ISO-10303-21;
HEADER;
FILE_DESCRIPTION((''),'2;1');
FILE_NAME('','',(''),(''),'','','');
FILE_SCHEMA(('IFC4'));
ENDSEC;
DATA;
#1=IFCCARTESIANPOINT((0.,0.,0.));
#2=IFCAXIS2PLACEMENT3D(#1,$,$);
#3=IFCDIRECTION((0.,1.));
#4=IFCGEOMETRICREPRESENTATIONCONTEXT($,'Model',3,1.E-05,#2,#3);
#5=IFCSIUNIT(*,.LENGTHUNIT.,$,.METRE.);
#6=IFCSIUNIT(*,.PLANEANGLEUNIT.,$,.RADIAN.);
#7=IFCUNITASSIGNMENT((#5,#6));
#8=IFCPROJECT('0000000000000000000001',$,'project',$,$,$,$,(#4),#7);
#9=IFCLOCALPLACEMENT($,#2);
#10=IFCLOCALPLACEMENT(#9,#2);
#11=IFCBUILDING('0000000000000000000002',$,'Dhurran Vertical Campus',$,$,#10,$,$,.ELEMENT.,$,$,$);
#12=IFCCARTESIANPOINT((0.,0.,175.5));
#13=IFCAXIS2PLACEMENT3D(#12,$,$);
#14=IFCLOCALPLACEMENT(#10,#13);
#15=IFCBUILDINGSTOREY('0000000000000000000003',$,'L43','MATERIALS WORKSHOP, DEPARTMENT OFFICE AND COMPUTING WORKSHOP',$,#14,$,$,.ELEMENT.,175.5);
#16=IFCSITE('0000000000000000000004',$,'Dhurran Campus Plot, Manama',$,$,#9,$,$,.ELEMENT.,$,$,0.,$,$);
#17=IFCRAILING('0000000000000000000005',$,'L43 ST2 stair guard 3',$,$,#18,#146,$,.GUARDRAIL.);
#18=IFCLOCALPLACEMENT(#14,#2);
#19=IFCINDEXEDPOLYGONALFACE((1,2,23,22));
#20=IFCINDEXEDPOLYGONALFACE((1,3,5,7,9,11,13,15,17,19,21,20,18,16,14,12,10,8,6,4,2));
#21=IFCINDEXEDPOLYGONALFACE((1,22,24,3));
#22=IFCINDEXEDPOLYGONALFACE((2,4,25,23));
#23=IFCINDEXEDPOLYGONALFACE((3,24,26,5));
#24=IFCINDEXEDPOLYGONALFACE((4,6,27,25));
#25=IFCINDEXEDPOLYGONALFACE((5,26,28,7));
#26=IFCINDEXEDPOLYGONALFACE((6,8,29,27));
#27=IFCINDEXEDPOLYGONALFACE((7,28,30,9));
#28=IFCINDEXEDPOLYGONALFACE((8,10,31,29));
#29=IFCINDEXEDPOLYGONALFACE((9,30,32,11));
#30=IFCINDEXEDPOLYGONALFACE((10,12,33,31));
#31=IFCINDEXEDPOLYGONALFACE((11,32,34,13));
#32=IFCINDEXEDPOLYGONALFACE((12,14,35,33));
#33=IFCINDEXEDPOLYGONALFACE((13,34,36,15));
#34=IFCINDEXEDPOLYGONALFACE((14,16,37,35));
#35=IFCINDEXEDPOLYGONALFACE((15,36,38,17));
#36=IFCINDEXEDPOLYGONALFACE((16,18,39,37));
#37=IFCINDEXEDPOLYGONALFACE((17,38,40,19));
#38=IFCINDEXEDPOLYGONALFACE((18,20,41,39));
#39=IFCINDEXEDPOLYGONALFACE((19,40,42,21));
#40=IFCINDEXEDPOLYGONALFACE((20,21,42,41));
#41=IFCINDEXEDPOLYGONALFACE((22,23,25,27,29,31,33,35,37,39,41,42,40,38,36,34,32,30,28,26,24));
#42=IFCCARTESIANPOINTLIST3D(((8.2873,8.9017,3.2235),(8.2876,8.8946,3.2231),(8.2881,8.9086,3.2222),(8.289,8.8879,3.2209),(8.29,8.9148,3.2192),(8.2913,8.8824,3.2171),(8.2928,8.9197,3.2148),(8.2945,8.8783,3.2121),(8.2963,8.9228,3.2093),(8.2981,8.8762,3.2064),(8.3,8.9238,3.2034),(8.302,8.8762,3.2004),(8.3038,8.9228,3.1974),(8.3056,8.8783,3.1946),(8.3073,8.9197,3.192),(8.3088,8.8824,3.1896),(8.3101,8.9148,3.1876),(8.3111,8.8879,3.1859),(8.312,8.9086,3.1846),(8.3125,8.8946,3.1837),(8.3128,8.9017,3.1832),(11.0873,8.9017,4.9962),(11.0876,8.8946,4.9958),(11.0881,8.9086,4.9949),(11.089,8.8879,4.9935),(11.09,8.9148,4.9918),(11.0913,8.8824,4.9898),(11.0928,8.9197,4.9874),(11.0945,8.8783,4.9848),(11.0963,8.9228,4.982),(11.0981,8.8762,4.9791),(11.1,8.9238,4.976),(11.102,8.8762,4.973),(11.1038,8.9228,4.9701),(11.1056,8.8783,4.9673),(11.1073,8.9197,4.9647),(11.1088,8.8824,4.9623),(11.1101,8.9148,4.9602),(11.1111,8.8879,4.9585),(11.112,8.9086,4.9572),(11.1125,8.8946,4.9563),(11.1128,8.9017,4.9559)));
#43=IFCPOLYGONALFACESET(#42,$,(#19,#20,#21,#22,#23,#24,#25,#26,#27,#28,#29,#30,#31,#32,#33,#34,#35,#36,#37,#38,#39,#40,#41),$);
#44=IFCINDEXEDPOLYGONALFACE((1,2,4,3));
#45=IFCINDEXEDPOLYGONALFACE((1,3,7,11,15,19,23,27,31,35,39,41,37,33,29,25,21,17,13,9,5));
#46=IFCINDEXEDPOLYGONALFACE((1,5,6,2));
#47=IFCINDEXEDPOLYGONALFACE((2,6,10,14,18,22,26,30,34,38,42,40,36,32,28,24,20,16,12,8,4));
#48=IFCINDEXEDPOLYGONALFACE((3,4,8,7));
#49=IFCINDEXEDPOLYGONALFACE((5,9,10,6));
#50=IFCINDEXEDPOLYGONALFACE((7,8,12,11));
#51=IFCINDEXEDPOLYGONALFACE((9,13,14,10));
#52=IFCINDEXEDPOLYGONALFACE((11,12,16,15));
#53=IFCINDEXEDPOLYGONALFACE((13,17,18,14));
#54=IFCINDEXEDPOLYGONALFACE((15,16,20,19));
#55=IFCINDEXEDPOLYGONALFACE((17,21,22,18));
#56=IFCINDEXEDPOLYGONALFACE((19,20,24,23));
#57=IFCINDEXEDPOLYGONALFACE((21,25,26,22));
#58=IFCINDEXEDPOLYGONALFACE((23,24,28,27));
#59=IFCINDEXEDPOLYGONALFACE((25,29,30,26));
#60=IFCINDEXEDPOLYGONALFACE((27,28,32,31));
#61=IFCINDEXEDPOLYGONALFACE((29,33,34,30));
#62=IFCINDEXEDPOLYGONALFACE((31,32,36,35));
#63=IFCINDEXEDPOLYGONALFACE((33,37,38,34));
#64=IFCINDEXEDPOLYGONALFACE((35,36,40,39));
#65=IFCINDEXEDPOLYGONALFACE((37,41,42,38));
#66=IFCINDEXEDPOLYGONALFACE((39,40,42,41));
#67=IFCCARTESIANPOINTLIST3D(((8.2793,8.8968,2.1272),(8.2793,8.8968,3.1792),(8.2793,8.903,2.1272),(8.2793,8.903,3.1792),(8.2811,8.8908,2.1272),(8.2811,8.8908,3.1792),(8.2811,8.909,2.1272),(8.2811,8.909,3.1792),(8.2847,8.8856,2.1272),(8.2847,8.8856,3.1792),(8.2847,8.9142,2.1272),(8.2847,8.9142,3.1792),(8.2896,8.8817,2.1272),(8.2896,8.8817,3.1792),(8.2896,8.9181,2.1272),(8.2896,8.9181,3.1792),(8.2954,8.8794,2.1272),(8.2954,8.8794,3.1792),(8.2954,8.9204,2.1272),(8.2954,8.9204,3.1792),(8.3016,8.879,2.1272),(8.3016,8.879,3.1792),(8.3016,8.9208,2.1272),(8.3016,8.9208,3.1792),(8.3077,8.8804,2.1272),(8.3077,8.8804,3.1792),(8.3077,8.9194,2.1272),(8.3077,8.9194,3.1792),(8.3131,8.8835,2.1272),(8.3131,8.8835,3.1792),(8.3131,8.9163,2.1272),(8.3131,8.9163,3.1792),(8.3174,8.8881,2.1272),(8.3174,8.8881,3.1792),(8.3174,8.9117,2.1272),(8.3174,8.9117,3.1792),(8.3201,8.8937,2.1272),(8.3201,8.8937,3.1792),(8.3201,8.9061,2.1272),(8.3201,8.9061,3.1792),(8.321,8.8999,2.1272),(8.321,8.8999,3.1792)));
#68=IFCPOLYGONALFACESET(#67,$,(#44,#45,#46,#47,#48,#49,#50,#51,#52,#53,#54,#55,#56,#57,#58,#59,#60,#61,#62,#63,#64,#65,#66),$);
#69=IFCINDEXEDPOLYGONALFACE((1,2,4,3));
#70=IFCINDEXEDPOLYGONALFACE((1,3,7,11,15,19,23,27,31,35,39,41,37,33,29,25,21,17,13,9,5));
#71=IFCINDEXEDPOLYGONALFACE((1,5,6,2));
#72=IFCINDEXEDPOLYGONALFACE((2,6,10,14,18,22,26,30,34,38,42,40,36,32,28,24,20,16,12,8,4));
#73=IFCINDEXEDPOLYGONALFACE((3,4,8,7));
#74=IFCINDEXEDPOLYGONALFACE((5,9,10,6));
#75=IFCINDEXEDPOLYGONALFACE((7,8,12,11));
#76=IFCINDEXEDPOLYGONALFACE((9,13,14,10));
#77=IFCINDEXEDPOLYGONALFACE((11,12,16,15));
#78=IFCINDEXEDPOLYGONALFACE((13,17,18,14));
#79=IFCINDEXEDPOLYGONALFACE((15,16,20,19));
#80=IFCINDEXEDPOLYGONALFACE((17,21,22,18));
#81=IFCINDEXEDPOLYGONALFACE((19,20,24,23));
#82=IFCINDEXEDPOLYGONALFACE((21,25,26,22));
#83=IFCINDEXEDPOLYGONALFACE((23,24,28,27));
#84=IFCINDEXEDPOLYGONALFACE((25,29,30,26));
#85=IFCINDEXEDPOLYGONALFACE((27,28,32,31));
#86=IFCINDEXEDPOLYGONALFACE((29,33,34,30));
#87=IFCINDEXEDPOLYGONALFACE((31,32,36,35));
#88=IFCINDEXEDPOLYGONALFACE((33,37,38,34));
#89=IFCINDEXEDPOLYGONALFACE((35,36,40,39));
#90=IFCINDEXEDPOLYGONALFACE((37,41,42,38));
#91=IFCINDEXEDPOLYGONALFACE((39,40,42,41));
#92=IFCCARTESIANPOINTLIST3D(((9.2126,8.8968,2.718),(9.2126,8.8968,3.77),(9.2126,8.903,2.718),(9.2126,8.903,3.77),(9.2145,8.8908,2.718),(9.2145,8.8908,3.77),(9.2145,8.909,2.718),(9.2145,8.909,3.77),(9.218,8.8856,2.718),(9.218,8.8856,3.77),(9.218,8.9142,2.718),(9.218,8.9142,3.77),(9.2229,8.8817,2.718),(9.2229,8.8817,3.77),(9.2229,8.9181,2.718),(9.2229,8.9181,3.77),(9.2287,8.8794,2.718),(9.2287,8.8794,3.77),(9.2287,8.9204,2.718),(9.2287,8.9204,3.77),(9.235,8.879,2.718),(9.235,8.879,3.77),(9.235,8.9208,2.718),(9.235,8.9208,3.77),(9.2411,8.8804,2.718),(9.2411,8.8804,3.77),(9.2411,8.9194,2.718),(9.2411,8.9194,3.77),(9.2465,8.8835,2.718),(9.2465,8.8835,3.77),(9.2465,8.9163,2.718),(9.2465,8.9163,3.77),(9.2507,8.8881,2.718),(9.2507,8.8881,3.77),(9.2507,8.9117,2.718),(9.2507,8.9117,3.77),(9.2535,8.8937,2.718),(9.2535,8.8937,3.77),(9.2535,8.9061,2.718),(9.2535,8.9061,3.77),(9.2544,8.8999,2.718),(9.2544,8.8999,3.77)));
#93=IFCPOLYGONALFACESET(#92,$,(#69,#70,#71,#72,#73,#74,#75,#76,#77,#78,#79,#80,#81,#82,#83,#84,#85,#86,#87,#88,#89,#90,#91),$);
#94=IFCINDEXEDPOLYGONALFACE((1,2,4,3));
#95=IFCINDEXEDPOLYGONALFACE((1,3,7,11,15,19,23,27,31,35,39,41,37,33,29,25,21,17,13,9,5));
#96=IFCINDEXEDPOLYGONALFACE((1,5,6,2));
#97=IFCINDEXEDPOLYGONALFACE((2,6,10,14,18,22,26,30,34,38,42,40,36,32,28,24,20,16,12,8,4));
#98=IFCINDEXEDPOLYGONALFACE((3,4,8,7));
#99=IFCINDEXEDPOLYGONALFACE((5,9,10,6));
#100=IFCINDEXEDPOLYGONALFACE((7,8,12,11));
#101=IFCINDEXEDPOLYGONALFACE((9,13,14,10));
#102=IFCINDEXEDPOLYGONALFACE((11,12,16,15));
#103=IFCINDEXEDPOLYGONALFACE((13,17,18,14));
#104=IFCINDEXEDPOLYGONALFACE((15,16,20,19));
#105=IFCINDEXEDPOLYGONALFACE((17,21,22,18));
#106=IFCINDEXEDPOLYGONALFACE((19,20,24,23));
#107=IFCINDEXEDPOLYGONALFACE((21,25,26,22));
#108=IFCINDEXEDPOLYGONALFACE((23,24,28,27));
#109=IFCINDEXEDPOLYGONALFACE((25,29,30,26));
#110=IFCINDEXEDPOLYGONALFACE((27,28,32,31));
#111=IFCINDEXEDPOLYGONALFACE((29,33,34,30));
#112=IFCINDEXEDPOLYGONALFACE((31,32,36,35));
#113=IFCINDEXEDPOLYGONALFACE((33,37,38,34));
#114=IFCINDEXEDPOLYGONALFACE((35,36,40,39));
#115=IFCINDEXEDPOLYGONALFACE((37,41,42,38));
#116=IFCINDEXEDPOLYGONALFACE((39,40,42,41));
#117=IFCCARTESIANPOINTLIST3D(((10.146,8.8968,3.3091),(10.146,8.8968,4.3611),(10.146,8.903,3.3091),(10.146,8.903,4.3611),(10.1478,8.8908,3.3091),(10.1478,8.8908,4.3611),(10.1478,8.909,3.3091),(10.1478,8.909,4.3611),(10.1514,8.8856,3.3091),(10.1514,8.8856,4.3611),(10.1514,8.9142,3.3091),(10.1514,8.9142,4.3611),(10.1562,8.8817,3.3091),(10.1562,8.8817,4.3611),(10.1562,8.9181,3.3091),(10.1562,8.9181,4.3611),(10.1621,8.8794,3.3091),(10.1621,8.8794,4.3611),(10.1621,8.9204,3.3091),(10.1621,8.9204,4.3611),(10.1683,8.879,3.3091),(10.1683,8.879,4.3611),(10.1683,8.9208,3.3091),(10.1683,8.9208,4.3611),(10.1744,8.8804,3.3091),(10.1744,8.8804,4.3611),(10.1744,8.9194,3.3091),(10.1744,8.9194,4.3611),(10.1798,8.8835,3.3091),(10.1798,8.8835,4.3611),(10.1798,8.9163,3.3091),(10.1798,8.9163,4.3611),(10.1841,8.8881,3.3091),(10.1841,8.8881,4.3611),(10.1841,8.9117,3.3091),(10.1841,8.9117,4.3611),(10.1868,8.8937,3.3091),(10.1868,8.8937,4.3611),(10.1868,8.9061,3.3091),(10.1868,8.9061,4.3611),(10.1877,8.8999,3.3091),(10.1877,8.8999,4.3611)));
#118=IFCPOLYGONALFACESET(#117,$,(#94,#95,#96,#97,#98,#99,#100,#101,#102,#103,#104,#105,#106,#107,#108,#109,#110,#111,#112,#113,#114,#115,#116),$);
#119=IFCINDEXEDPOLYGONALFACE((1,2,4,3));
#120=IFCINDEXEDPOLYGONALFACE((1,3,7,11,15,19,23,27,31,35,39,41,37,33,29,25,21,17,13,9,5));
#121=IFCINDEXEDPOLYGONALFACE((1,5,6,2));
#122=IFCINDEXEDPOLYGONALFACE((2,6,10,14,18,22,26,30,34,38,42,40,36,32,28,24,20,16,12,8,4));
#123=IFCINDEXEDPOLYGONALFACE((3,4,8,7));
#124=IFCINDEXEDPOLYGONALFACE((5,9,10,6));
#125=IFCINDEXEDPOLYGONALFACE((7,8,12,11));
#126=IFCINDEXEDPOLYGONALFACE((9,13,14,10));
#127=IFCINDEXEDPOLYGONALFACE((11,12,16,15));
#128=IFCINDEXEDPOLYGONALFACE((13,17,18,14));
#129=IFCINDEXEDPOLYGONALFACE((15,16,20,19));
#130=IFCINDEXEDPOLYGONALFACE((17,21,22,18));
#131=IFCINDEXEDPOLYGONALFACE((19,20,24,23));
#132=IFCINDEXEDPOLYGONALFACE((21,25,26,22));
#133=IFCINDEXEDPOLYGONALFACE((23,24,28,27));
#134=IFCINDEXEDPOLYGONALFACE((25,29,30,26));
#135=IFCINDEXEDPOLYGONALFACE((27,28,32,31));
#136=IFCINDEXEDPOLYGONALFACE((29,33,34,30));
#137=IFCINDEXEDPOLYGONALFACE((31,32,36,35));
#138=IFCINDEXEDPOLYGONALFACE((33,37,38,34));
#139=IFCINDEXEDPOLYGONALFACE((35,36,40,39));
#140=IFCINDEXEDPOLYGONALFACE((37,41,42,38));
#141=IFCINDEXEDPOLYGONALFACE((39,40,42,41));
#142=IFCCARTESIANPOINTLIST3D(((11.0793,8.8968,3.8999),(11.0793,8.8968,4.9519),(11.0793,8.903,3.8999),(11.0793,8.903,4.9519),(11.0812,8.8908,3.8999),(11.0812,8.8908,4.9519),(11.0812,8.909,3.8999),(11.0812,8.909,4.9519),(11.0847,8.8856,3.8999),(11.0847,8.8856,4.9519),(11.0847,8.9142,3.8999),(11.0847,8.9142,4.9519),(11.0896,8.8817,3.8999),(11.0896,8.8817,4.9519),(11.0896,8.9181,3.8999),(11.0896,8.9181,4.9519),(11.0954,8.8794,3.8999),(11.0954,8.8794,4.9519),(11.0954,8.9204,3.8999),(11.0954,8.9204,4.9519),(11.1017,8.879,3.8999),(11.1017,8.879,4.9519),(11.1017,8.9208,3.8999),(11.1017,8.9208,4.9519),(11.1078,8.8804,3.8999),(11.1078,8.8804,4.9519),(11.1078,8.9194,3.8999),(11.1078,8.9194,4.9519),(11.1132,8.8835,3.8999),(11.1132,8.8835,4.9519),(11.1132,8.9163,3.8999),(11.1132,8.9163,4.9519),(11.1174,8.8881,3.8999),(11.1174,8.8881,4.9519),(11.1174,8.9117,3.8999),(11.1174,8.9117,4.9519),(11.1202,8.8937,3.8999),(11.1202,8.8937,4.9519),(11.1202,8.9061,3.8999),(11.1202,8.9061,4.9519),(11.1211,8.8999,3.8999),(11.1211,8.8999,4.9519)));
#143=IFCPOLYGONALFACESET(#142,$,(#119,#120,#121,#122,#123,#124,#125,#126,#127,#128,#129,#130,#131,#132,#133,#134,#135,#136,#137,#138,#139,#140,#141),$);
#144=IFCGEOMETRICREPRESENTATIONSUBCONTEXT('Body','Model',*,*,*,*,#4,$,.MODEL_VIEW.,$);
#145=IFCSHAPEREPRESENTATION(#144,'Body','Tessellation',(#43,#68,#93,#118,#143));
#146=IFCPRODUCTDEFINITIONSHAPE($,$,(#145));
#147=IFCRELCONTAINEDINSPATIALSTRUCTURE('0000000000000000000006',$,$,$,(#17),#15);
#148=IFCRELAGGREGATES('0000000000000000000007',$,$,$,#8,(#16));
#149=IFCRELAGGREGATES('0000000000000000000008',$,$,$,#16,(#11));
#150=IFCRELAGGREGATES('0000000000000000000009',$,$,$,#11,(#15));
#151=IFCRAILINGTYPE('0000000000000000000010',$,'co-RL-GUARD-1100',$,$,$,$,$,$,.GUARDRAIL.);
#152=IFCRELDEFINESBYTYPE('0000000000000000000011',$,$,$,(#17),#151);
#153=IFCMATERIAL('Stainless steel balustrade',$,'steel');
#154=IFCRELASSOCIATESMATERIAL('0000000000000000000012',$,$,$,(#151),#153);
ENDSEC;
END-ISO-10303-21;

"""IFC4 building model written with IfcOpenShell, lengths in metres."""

from ifc_helpers import new_model, si_unit, direction, frame, origin, origin_2d, place, context, subcontext, project, spatial, circle, extrude, material, type_object, element, save


model = new_model("IFC4")

# Units and contexts
model_context = context("Model", 3, precision=1e-05, world=origin(), true_north=direction((0.0, 1.0)))
body_context = subcontext(model_context, "Body", "Model", "MODEL_VIEW")
ifc_project = project(units=[si_unit("LENGTHUNIT", "METRE"), si_unit("PLANEANGLEUNIT", "RADIAN")], contexts=[model_context])

# Site, building, storey
site_placement = place(None, origin())
site = spatial("IfcSite", under=ifc_project, at=site_placement, Name="Dhurran Campus Plot, Manama", CompositionType="ELEMENT", RefElevation=0.0)
building_placement = place(site_placement, origin())
building = spatial("IfcBuilding", under=site, at=building_placement, Name="Dhurran Vertical Campus", CompositionType="ELEMENT")
storey_placement = place(building_placement, frame((0.0, 0.0, 175.5)))
storey = spatial("IfcBuildingStorey", under=building, at=storey_placement, Name="L43", Description="MATERIALS WORKSHOP, DEPARTMENT OFFICE AND COMPUTING WORKSHOP", CompositionType="ELEMENT", Elevation=175.5)

# Railing
ifc_material_1 = material(Name="Stainless steel balustrade", Category="steel")
railing_type_1 = type_object("IfcRailingType", Name="co-RL-GUARD-1100", PredefinedType="GUARDRAIL", material=ifc_material_1)
railing_1_placement = place(storey_placement, frame((8.3, 8.8999, 2.1272)))
element("IfcRailing", 1, at=railing_1_placement, inside=storey, type_object=railing_type_1, Name="L43 ST2 stair guard 3", PredefinedType="GUARDRAIL", context=body_context, shape_type="SweptSolid", body=[
    extrude(circle(Radius=0.0239, at=origin_2d()), frame((0.0, 0.0, 1.0762), z_axis=(0.844909, 0.0, 0.53491), x_axis=(0.0, 1.0, 0.0)), (0.0, 0.0, 1.0), 3.314),
    extrude(circle(Radius=0.021, at=origin_2d()), origin(), (0.0, 0.0, 1.0), 1.052),
    extrude(circle(Radius=0.021, at=origin_2d()), frame((0.9333, 0.0, 0.5908)), (0.0, 0.0, 1.0), 1.052),
    extrude(circle(Radius=0.021, at=origin_2d()), frame((1.8667, 0.0, 1.1819)), (0.0, 0.0, 1.0), 1.052),
    extrude(circle(Radius=0.021, at=origin_2d()), frame((2.8, 0.0, 1.7727)), (0.0, 0.0, 1.0), 1.052),
])

save(model, "model.ifc")
